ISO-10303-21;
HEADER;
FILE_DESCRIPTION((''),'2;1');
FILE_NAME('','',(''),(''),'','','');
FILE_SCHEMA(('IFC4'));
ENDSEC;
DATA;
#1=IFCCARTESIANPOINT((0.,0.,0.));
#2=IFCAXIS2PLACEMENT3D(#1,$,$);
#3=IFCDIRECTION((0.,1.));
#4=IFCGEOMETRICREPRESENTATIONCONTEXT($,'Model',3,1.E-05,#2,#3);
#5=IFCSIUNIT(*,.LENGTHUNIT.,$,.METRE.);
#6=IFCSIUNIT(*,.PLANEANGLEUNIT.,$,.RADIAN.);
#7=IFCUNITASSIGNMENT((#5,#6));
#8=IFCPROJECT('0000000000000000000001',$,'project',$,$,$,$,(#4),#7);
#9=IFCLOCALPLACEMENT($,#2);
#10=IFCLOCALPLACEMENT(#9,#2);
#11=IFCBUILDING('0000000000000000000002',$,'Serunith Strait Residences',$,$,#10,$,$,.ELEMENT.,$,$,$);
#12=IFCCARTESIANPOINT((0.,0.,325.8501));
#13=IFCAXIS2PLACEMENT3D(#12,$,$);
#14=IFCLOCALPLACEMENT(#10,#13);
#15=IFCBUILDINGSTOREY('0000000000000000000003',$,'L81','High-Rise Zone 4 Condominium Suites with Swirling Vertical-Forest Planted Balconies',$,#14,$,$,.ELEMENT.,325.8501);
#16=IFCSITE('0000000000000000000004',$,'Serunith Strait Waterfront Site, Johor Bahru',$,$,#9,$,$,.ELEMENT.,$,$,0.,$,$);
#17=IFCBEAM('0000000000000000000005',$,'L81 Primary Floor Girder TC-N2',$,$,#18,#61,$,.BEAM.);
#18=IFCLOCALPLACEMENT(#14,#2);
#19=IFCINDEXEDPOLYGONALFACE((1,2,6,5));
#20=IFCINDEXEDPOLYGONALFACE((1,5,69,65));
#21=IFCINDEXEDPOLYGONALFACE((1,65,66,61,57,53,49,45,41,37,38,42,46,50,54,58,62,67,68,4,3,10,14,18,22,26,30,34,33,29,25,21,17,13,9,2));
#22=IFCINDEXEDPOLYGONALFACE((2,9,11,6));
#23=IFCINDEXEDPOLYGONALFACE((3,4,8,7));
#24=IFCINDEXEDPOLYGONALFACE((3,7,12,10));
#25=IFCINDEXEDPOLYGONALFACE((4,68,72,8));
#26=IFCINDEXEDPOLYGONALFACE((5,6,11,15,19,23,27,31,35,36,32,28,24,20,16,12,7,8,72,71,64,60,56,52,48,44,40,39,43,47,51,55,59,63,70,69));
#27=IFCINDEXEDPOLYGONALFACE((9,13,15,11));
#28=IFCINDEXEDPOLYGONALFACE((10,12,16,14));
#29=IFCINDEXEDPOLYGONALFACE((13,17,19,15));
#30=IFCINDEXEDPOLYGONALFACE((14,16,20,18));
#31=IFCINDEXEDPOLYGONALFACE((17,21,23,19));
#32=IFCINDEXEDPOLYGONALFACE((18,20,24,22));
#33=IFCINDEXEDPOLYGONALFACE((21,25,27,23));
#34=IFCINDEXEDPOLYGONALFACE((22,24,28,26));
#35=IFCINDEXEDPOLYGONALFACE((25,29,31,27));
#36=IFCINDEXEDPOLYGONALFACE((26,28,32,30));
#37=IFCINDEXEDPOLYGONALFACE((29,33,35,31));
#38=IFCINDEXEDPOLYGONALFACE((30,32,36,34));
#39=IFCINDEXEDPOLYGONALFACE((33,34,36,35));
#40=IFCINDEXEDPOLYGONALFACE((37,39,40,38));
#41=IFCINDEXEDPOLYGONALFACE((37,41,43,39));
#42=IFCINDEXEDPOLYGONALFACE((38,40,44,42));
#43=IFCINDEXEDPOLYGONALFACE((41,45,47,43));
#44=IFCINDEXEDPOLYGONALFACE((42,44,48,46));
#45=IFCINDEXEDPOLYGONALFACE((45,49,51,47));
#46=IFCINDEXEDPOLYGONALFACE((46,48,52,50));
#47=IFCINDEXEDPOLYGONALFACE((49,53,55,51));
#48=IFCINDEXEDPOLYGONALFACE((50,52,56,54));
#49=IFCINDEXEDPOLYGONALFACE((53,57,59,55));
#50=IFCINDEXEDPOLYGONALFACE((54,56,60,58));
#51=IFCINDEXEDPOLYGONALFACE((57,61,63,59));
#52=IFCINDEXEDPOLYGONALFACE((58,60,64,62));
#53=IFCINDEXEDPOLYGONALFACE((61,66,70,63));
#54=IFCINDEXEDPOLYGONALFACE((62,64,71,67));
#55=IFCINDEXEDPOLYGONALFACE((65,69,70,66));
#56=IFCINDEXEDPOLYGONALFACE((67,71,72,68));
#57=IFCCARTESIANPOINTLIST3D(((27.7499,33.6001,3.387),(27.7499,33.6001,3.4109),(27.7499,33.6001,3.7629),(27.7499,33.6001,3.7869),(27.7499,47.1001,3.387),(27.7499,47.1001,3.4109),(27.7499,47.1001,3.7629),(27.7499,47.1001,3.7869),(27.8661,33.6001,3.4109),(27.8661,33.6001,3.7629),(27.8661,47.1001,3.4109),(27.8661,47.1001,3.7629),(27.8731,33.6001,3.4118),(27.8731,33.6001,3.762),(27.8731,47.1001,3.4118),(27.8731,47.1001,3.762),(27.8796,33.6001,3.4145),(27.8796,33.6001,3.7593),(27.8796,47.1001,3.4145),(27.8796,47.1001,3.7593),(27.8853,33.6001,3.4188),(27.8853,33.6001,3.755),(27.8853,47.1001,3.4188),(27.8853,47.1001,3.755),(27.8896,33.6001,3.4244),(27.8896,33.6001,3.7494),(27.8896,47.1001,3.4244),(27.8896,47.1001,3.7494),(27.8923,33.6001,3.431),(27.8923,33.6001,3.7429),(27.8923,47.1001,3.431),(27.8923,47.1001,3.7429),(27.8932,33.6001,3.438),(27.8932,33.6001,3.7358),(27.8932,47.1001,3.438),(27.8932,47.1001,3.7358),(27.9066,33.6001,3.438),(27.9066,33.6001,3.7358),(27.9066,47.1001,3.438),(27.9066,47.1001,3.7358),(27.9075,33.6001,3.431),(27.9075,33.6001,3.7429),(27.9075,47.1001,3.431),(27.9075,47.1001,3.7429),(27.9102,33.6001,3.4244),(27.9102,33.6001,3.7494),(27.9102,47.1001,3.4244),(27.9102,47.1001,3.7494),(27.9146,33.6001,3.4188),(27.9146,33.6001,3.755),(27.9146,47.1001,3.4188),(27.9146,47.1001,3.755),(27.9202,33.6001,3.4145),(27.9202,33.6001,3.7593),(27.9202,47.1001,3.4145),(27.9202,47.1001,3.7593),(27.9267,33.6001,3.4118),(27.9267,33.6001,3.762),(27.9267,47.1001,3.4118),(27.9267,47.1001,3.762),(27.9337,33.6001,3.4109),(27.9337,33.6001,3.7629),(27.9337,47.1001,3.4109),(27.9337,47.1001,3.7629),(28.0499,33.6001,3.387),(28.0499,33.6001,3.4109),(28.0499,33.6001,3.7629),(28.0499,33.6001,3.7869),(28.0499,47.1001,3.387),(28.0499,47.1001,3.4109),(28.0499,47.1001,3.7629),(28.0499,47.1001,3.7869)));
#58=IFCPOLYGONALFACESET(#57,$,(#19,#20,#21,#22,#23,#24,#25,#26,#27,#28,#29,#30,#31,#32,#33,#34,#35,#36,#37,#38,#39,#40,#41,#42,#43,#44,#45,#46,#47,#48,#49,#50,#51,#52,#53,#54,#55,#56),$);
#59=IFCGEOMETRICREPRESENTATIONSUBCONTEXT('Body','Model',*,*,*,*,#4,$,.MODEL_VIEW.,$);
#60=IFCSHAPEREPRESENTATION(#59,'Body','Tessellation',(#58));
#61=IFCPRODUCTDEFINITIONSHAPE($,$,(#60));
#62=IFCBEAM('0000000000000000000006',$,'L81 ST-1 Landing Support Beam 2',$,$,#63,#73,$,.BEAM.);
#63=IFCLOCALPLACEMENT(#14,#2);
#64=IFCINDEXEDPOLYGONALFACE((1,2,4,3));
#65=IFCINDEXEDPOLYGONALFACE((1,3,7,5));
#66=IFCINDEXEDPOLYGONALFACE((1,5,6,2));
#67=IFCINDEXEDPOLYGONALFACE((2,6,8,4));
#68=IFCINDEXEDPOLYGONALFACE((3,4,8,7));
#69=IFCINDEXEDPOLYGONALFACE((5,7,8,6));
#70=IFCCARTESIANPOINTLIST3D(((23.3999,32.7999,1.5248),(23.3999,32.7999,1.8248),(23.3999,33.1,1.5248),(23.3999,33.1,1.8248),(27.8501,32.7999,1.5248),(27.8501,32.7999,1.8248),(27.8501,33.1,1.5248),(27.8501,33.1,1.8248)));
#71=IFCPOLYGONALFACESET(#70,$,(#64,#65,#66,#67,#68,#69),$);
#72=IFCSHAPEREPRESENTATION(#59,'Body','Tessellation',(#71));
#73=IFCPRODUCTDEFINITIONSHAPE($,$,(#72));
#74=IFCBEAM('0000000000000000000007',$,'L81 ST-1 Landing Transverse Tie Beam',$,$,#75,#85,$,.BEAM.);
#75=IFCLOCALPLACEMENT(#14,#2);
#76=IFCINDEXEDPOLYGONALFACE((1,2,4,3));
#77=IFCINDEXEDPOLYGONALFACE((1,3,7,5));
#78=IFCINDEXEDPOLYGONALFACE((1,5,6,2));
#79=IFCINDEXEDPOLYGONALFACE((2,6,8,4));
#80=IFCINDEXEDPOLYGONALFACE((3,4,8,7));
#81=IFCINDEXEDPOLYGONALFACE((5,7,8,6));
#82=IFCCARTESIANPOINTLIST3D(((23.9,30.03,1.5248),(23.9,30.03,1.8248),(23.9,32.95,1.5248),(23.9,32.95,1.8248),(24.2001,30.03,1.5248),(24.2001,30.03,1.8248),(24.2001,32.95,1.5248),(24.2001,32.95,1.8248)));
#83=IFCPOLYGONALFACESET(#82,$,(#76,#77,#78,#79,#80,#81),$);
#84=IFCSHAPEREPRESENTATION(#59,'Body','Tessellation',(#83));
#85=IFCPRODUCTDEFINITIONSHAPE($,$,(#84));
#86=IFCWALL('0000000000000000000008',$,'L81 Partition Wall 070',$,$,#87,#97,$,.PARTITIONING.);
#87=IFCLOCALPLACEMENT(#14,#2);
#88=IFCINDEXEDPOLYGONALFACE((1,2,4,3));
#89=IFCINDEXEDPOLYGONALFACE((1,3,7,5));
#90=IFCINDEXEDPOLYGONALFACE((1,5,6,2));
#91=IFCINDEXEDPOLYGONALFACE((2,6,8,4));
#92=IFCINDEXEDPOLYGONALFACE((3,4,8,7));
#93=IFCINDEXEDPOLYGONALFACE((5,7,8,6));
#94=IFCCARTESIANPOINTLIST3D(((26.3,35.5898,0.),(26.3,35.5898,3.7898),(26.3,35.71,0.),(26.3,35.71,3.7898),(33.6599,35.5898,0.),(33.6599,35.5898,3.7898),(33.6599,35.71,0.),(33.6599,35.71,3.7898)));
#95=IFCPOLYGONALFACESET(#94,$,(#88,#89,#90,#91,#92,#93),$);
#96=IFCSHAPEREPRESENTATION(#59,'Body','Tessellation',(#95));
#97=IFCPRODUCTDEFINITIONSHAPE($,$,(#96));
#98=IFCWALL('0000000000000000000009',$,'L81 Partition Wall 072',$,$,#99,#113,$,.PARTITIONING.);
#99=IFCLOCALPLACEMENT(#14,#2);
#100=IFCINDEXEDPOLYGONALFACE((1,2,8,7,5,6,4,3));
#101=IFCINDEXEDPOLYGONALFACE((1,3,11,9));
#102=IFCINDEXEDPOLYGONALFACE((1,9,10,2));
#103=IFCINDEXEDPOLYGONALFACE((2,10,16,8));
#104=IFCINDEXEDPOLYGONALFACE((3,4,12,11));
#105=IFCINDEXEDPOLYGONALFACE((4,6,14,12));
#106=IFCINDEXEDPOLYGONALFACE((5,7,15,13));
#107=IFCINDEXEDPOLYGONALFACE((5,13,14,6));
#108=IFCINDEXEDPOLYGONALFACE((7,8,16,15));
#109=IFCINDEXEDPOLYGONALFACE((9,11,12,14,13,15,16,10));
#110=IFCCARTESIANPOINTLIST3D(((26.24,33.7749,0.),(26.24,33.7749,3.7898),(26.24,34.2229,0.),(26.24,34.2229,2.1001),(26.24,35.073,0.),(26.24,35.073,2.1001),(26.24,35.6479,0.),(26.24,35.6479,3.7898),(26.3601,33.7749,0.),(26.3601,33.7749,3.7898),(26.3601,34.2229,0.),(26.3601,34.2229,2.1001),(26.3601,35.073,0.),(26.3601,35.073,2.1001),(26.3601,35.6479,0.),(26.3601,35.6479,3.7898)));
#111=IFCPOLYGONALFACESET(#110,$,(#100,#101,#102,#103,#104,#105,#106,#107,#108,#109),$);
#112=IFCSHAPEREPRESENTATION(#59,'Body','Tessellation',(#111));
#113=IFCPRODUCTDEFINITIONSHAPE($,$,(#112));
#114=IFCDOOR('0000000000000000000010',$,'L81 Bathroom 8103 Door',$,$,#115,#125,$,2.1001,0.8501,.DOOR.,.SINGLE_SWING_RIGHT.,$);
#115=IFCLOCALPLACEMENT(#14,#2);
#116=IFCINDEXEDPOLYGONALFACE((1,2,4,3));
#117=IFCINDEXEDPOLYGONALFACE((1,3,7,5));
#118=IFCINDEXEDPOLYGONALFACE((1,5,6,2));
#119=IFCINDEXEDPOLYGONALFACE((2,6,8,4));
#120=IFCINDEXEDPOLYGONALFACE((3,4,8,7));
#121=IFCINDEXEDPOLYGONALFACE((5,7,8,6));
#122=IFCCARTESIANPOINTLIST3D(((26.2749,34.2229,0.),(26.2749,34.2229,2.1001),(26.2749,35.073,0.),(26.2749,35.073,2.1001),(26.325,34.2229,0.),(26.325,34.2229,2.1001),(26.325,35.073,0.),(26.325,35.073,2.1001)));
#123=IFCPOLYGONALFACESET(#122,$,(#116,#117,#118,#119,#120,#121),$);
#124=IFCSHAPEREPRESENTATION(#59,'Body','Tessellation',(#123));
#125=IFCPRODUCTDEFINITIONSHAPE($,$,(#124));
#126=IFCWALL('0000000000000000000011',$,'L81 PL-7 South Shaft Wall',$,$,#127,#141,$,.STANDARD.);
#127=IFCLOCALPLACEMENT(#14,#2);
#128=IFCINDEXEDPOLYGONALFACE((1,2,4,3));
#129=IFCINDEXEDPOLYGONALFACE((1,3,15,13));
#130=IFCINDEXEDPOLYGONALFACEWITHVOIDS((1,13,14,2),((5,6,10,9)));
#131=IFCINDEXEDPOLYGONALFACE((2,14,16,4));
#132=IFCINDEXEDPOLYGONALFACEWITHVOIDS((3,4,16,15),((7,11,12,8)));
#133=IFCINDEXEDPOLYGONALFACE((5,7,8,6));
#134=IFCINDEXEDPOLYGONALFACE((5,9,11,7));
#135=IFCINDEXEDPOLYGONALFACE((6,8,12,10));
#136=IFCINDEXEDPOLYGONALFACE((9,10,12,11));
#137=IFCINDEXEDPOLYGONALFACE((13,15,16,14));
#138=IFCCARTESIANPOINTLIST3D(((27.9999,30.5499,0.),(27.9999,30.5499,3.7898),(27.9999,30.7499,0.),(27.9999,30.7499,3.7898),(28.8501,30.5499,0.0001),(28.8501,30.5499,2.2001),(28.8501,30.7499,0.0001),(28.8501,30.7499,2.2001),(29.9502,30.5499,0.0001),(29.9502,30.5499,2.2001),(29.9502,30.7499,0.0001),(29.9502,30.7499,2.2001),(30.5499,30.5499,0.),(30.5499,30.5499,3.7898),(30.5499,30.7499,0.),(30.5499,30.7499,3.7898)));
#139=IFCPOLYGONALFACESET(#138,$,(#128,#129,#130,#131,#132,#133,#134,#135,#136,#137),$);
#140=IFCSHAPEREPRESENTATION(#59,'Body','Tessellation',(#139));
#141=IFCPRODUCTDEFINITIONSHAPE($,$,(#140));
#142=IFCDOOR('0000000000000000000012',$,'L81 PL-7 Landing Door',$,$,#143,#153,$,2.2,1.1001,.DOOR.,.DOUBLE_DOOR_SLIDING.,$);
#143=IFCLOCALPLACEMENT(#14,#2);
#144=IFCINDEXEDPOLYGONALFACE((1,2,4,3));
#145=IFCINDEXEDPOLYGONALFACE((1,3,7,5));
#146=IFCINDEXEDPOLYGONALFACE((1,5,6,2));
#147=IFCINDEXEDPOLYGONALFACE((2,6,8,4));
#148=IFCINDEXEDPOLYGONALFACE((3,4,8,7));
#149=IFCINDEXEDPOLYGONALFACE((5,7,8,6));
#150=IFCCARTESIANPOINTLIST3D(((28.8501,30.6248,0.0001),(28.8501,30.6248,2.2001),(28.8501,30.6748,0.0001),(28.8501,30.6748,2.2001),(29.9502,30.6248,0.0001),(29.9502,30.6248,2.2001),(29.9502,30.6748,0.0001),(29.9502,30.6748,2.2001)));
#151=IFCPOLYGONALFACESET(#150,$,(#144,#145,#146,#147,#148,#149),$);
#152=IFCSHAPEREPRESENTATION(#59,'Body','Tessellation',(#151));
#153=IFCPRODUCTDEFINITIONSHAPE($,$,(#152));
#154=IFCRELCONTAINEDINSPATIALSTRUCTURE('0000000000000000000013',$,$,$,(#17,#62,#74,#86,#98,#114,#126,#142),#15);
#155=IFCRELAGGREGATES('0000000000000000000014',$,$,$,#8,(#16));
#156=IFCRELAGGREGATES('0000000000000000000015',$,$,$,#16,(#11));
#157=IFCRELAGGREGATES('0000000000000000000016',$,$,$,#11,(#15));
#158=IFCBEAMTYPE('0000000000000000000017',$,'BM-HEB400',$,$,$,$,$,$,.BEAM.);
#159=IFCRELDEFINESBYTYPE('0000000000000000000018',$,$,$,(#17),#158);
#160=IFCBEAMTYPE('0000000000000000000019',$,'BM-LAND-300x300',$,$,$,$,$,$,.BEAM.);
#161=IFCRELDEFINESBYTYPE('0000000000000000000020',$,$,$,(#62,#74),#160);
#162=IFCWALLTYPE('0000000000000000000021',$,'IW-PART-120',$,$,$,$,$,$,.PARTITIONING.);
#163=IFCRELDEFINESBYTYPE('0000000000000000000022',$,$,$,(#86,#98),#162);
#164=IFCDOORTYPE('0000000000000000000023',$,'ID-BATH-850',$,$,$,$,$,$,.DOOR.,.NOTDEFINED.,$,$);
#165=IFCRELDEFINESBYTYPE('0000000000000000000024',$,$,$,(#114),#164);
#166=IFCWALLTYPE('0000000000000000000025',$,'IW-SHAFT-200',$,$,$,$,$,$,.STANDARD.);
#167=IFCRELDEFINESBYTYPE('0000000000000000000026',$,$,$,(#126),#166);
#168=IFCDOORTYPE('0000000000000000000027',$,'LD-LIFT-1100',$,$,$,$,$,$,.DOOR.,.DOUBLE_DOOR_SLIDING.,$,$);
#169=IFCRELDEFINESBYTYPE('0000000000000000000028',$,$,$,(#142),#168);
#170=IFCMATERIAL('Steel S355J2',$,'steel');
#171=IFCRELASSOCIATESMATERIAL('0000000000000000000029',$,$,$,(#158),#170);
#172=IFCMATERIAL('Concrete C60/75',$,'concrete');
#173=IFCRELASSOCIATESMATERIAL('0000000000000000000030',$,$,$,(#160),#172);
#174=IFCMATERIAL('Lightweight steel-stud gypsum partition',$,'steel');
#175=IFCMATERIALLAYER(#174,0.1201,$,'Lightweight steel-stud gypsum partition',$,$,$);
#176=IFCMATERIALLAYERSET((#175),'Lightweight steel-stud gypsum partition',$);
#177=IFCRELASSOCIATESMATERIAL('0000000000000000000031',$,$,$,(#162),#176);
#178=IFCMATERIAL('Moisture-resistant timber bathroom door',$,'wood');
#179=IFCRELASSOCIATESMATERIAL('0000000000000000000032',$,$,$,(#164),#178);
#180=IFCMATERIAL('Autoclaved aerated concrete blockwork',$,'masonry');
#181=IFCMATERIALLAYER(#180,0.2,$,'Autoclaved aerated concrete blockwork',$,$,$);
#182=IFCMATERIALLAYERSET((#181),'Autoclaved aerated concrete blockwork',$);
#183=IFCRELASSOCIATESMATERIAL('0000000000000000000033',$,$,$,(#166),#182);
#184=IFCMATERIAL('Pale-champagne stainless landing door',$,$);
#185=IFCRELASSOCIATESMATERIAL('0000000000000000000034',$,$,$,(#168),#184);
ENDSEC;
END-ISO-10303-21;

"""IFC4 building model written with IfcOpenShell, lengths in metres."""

from ifc_helpers import new_model, si_unit, direction, frame, frame_2d, origin, origin_2d, place, context, subcontext, project, spatial, rectangle, i_section, extrude, source, transform, mapped, material, layer, layer_set, material_profile, profile_set, type_object, element, fill, save


model = new_model("IFC4")

# Units and contexts
model_context = context("Model", 3, precision=1e-05, world=origin(), true_north=direction((0.0, 1.0)))
body_context = subcontext(model_context, "Body", "Model", "MODEL_VIEW")
ifc_project = project(units=[si_unit("LENGTHUNIT", "METRE"), si_unit("PLANEANGLEUNIT", "RADIAN")], contexts=[model_context])

# Site, building, storey
site_placement = place(None, origin())
site = spatial("IfcSite", under=ifc_project, at=site_placement, Name="Serunith Strait Waterfront Site, Johor Bahru", CompositionType="ELEMENT", RefElevation=0.0)
building_placement = place(site_placement, origin())
building = spatial("IfcBuilding", under=site, at=building_placement, Name="Serunith Strait Residences", CompositionType="ELEMENT")
storey_placement = place(building_placement, frame((0.0, 0.0, 325.8501)))
storey = spatial("IfcBuildingStorey", under=building, at=storey_placement, Name="L81", Description="High-Rise Zone 4 Condominium Suites with Swirling Vertical-Forest Planted Balconies", CompositionType="ELEMENT", Elevation=325.8501)

# Beams
ifc_material_1 = material(Name="Steel S355J2", Category="steel")
ifc_material_profile_1 = material_profile(ifc_material_1, i_section(OverallWidth=0.3, OverallDepth=0.3999, WebThickness=0.0134, FlangeThickness=0.0239, FilletRadius=0.0271, at=origin_2d()), Name="HEB 400")
ifc_profile_set_1 = profile_set([ifc_material_profile_1], Name="Steel S355J2")
beam_type_1 = type_object("IfcBeamType", Name="BM-HEB400", PredefinedType="BEAM", material=ifc_profile_set_1)
shared_shape_1 = source(origin(), body_context, "Body", "SweptSolid", [
    extrude(i_section(OverallWidth=0.3, OverallDepth=0.3999, WebThickness=0.0134, FlangeThickness=0.0239, FilletRadius=0.0271, at=origin_2d()), origin(), (0.0, 0.0, 1.0), 13.5),
])
beam_1_placement = place(storey_placement, frame((27.8999, 33.6001, 3.5869), z_axis=(0.0, 1.0, 0.0), x_axis=(-1.0, 0.0, 0.0)))
element("IfcBeam", 1, at=beam_1_placement, inside=storey, type_object=beam_type_1, Name="L81 Primary Floor Girder TC-N2", PredefinedType="BEAM", context=body_context, shape_type="MappedRepresentation", body=[
    mapped(shared_shape_1, transform((0.0, 0.0, 0.0), scale=1.0)),
])
ifc_material_2 = material(Name="Concrete C60/75", Category="concrete")
ifc_material_profile_2 = material_profile(ifc_material_2, rectangle(XDim=0.3, YDim=0.3, at=origin_2d()), Name="RC 300x300")
ifc_profile_set_2 = profile_set([ifc_material_profile_2], Name="Concrete C60/75")
beam_type_2 = type_object("IfcBeamType", Name="BM-LAND-300x300", PredefinedType="BEAM", material=ifc_profile_set_2)
shared_shape_2 = source(origin(), body_context, "Body", "SweptSolid", [
    extrude(rectangle(XDim=0.3, YDim=0.3, at=origin_2d()), origin(), (0.0, 0.0, 1.0), 4.4502),
])
beam_2_placement = place(storey_placement, frame((23.3999, 32.95, 1.6748), z_axis=(1.0, 0.0, 0.0), x_axis=(0.0, 1.0, 0.0)))
element("IfcBeam", 2, at=beam_2_placement, inside=storey, type_object=beam_type_2, Name="L81 ST-1 Landing Support Beam 2", PredefinedType="BEAM", context=body_context, shape_type="MappedRepresentation", body=[
    mapped(shared_shape_2, transform((0.0, 0.0, 0.0), scale=1.0)),
])
shared_shape_3 = source(origin(), body_context, "Body", "SweptSolid", [
    extrude(rectangle(XDim=0.3, YDim=0.3, at=origin_2d()), origin(), (0.0, 0.0, 1.0), 2.9199),
])
beam_3_placement = place(storey_placement, frame((24.05, 30.03, 1.6748), z_axis=(0.0, 1.0, 0.0), x_axis=(-1.0, 0.0, 0.0)))
element("IfcBeam", 3, at=beam_3_placement, inside=storey, type_object=beam_type_2, Name="L81 ST-1 Landing Transverse Tie Beam", PredefinedType="BEAM", context=body_context, shape_type="MappedRepresentation", body=[
    mapped(shared_shape_3, transform((0.0, 0.0, 0.0), scale=1.0)),
])

# Wall
ifc_material_3 = material(Name="Lightweight steel-stud gypsum partition", Category="steel")
ifc_layer_1 = layer(ifc_material_3, 0.1201, Name="Lightweight steel-stud gypsum partition")
ifc_layer_set_1 = layer_set([ifc_layer_1], Name="Lightweight steel-stud gypsum partition")
wall_type_1 = type_object("IfcWallType", Name="IW-PART-120", PredefinedType="PARTITIONING", material=ifc_layer_set_1)
wall_1_placement = place(storey_placement, frame((26.3, 35.6499, 0.0), z_axis=(0.0, 0.0, 1.0), x_axis=(1.0, 0.0, 0.0)))
element("IfcWall", 4, at=wall_1_placement, inside=storey, type_object=wall_type_1, Name="L81 Partition Wall 070", PredefinedType="PARTITIONING", context=body_context, shape_type="SweptSolid", body=[
    extrude(rectangle(XDim=7.3599, YDim=0.1201, at=frame_2d((3.6799, 0.0))), origin(), (0.0, 0.0, 1.0), 3.7898),
])

# Walls, openings, doors
wall_2_placement = place(storey_placement, frame((26.3, 35.6479, 0.0), z_axis=(0.0, 0.0, 1.0), x_axis=(0.0, -1.0, 0.0)))
wall_2 = element("IfcWall", 5, at=wall_2_placement, inside=storey, type_object=wall_type_1, Name="L81 Partition Wall 072", PredefinedType="PARTITIONING", context=body_context, shape_type="SweptSolid", body=[
    extrude(rectangle(XDim=1.873, YDim=0.1201, at=frame_2d((0.9365, 0.0))), origin(), (0.0, 0.0, 1.0), 3.7898),
])
opening_1_placement = place(wall_2_placement, frame((0.575, 0.0, 0.0)))
opening_1 = element("IfcOpeningElement", 6, at=opening_1_placement, cuts=wall_2, PredefinedType="OPENING", context=body_context, shape_type="SweptSolid", body=[
    extrude(rectangle(XDim=0.8501, YDim=2.1001, at=frame_2d((0.425, 1.05))), frame((0.0, 0.0701, 0.0), z_axis=(0.0, -1.0, 0.0), x_axis=(1.0, 0.0, 0.0)), (0.0, 0.0, 1.0), 0.1401),
])
ifc_material_4 = material(Name="Moisture-resistant timber bathroom door", Category="wood")
door_type_1 = type_object("IfcDoorType", Name="ID-BATH-850", OperationType="NOTDEFINED", PredefinedType="DOOR", material=ifc_material_4)
shared_shape_4 = source(origin(), body_context, "Body", "SweptSolid", [
    extrude(rectangle(XDim=0.8501, YDim=2.1001, at=frame_2d((0.425, 1.05))), frame((0.0, 0.0249, 0.0), z_axis=(0.0, -1.0, 0.0), x_axis=(1.0, 0.0, 0.0)), (0.0, 0.0, 1.0), 0.05),
])
door_1_placement = place(opening_1_placement, origin())
door_1 = element("IfcDoor", 7, at=door_1_placement, inside=storey, type_object=door_type_1, Name="L81 Bathroom 8103 Door", OperationType="SINGLE_SWING_RIGHT", OverallHeight=2.1001, OverallWidth=0.8501, PredefinedType="DOOR", context=body_context, shape_type="MappedRepresentation", body=[
    mapped(shared_shape_4, transform((0.0, 0.0, 0.0), scale=1.0)),
])
fill(opening_1, door_1)
ifc_material_5 = material(Name="Autoclaved aerated concrete blockwork", Category="masonry")
ifc_layer_2 = layer(ifc_material_5, 0.2, Name="Autoclaved aerated concrete blockwork")
ifc_layer_set_2 = layer_set([ifc_layer_2], Name="Autoclaved aerated concrete blockwork")
wall_type_2 = type_object("IfcWallType", Name="IW-SHAFT-200", PredefinedType="STANDARD", material=ifc_layer_set_2)
wall_3_placement = place(storey_placement, frame((28.0, 30.6499, 0.0), z_axis=(0.0, 0.0, 1.0), x_axis=(1.0, 0.0, 0.0)))
wall_3 = element("IfcWall", 8, at=wall_3_placement, inside=storey, type_object=wall_type_2, Name="L81 PL-7 South Shaft Wall", PredefinedType="STANDARD", context=body_context, shape_type="SweptSolid", body=[
    extrude(rectangle(XDim=2.55, YDim=0.2, at=frame_2d((1.2749, 0.0))), origin(), (0.0, 0.0, 1.0), 3.7898),
])
opening_2_placement = place(wall_3_placement, frame((0.8501, 0.0, 0.0)))
opening_2 = element("IfcOpeningElement", 9, at=opening_2_placement, cuts=wall_3, PredefinedType="OPENING", context=body_context, shape_type="SweptSolid", body=[
    extrude(rectangle(XDim=1.1001, YDim=2.2, at=frame_2d((0.55, 1.1001))), frame((0.0, 0.1099, 0.0), z_axis=(0.0, -1.0, 0.0), x_axis=(1.0, 0.0, 0.0)), (0.0, 0.0, 1.0), 0.22),
])
ifc_material_6 = material(Name="Pale-champagne stainless landing door")
door_type_2 = type_object("IfcDoorType", Name="LD-LIFT-1100", OperationType="DOUBLE_DOOR_SLIDING", PredefinedType="DOOR", material=ifc_material_6)
shared_shape_5 = source(origin(), body_context, "Body", "SweptSolid", [
    extrude(rectangle(XDim=1.1001, YDim=2.2, at=frame_2d((0.55, 1.1001))), frame((0.0, 0.0249, 0.0), z_axis=(0.0, -1.0, 0.0), x_axis=(1.0, 0.0, 0.0)), (0.0, 0.0, 1.0), 0.05),
])
door_2_placement = place(opening_2_placement, origin())
door_2 = element("IfcDoor", 10, at=door_2_placement, inside=storey, type_object=door_type_2, Name="L81 PL-7 Landing Door", OperationType="DOUBLE_DOOR_SLIDING", OverallHeight=2.2, OverallWidth=1.1001, PredefinedType="DOOR", context=body_context, shape_type="MappedRepresentation", body=[
    mapped(shared_shape_5, transform((0.0, 0.0, 0.0), scale=1.0)),
])
fill(opening_2, door_2)

save(model, "model.ifc")
